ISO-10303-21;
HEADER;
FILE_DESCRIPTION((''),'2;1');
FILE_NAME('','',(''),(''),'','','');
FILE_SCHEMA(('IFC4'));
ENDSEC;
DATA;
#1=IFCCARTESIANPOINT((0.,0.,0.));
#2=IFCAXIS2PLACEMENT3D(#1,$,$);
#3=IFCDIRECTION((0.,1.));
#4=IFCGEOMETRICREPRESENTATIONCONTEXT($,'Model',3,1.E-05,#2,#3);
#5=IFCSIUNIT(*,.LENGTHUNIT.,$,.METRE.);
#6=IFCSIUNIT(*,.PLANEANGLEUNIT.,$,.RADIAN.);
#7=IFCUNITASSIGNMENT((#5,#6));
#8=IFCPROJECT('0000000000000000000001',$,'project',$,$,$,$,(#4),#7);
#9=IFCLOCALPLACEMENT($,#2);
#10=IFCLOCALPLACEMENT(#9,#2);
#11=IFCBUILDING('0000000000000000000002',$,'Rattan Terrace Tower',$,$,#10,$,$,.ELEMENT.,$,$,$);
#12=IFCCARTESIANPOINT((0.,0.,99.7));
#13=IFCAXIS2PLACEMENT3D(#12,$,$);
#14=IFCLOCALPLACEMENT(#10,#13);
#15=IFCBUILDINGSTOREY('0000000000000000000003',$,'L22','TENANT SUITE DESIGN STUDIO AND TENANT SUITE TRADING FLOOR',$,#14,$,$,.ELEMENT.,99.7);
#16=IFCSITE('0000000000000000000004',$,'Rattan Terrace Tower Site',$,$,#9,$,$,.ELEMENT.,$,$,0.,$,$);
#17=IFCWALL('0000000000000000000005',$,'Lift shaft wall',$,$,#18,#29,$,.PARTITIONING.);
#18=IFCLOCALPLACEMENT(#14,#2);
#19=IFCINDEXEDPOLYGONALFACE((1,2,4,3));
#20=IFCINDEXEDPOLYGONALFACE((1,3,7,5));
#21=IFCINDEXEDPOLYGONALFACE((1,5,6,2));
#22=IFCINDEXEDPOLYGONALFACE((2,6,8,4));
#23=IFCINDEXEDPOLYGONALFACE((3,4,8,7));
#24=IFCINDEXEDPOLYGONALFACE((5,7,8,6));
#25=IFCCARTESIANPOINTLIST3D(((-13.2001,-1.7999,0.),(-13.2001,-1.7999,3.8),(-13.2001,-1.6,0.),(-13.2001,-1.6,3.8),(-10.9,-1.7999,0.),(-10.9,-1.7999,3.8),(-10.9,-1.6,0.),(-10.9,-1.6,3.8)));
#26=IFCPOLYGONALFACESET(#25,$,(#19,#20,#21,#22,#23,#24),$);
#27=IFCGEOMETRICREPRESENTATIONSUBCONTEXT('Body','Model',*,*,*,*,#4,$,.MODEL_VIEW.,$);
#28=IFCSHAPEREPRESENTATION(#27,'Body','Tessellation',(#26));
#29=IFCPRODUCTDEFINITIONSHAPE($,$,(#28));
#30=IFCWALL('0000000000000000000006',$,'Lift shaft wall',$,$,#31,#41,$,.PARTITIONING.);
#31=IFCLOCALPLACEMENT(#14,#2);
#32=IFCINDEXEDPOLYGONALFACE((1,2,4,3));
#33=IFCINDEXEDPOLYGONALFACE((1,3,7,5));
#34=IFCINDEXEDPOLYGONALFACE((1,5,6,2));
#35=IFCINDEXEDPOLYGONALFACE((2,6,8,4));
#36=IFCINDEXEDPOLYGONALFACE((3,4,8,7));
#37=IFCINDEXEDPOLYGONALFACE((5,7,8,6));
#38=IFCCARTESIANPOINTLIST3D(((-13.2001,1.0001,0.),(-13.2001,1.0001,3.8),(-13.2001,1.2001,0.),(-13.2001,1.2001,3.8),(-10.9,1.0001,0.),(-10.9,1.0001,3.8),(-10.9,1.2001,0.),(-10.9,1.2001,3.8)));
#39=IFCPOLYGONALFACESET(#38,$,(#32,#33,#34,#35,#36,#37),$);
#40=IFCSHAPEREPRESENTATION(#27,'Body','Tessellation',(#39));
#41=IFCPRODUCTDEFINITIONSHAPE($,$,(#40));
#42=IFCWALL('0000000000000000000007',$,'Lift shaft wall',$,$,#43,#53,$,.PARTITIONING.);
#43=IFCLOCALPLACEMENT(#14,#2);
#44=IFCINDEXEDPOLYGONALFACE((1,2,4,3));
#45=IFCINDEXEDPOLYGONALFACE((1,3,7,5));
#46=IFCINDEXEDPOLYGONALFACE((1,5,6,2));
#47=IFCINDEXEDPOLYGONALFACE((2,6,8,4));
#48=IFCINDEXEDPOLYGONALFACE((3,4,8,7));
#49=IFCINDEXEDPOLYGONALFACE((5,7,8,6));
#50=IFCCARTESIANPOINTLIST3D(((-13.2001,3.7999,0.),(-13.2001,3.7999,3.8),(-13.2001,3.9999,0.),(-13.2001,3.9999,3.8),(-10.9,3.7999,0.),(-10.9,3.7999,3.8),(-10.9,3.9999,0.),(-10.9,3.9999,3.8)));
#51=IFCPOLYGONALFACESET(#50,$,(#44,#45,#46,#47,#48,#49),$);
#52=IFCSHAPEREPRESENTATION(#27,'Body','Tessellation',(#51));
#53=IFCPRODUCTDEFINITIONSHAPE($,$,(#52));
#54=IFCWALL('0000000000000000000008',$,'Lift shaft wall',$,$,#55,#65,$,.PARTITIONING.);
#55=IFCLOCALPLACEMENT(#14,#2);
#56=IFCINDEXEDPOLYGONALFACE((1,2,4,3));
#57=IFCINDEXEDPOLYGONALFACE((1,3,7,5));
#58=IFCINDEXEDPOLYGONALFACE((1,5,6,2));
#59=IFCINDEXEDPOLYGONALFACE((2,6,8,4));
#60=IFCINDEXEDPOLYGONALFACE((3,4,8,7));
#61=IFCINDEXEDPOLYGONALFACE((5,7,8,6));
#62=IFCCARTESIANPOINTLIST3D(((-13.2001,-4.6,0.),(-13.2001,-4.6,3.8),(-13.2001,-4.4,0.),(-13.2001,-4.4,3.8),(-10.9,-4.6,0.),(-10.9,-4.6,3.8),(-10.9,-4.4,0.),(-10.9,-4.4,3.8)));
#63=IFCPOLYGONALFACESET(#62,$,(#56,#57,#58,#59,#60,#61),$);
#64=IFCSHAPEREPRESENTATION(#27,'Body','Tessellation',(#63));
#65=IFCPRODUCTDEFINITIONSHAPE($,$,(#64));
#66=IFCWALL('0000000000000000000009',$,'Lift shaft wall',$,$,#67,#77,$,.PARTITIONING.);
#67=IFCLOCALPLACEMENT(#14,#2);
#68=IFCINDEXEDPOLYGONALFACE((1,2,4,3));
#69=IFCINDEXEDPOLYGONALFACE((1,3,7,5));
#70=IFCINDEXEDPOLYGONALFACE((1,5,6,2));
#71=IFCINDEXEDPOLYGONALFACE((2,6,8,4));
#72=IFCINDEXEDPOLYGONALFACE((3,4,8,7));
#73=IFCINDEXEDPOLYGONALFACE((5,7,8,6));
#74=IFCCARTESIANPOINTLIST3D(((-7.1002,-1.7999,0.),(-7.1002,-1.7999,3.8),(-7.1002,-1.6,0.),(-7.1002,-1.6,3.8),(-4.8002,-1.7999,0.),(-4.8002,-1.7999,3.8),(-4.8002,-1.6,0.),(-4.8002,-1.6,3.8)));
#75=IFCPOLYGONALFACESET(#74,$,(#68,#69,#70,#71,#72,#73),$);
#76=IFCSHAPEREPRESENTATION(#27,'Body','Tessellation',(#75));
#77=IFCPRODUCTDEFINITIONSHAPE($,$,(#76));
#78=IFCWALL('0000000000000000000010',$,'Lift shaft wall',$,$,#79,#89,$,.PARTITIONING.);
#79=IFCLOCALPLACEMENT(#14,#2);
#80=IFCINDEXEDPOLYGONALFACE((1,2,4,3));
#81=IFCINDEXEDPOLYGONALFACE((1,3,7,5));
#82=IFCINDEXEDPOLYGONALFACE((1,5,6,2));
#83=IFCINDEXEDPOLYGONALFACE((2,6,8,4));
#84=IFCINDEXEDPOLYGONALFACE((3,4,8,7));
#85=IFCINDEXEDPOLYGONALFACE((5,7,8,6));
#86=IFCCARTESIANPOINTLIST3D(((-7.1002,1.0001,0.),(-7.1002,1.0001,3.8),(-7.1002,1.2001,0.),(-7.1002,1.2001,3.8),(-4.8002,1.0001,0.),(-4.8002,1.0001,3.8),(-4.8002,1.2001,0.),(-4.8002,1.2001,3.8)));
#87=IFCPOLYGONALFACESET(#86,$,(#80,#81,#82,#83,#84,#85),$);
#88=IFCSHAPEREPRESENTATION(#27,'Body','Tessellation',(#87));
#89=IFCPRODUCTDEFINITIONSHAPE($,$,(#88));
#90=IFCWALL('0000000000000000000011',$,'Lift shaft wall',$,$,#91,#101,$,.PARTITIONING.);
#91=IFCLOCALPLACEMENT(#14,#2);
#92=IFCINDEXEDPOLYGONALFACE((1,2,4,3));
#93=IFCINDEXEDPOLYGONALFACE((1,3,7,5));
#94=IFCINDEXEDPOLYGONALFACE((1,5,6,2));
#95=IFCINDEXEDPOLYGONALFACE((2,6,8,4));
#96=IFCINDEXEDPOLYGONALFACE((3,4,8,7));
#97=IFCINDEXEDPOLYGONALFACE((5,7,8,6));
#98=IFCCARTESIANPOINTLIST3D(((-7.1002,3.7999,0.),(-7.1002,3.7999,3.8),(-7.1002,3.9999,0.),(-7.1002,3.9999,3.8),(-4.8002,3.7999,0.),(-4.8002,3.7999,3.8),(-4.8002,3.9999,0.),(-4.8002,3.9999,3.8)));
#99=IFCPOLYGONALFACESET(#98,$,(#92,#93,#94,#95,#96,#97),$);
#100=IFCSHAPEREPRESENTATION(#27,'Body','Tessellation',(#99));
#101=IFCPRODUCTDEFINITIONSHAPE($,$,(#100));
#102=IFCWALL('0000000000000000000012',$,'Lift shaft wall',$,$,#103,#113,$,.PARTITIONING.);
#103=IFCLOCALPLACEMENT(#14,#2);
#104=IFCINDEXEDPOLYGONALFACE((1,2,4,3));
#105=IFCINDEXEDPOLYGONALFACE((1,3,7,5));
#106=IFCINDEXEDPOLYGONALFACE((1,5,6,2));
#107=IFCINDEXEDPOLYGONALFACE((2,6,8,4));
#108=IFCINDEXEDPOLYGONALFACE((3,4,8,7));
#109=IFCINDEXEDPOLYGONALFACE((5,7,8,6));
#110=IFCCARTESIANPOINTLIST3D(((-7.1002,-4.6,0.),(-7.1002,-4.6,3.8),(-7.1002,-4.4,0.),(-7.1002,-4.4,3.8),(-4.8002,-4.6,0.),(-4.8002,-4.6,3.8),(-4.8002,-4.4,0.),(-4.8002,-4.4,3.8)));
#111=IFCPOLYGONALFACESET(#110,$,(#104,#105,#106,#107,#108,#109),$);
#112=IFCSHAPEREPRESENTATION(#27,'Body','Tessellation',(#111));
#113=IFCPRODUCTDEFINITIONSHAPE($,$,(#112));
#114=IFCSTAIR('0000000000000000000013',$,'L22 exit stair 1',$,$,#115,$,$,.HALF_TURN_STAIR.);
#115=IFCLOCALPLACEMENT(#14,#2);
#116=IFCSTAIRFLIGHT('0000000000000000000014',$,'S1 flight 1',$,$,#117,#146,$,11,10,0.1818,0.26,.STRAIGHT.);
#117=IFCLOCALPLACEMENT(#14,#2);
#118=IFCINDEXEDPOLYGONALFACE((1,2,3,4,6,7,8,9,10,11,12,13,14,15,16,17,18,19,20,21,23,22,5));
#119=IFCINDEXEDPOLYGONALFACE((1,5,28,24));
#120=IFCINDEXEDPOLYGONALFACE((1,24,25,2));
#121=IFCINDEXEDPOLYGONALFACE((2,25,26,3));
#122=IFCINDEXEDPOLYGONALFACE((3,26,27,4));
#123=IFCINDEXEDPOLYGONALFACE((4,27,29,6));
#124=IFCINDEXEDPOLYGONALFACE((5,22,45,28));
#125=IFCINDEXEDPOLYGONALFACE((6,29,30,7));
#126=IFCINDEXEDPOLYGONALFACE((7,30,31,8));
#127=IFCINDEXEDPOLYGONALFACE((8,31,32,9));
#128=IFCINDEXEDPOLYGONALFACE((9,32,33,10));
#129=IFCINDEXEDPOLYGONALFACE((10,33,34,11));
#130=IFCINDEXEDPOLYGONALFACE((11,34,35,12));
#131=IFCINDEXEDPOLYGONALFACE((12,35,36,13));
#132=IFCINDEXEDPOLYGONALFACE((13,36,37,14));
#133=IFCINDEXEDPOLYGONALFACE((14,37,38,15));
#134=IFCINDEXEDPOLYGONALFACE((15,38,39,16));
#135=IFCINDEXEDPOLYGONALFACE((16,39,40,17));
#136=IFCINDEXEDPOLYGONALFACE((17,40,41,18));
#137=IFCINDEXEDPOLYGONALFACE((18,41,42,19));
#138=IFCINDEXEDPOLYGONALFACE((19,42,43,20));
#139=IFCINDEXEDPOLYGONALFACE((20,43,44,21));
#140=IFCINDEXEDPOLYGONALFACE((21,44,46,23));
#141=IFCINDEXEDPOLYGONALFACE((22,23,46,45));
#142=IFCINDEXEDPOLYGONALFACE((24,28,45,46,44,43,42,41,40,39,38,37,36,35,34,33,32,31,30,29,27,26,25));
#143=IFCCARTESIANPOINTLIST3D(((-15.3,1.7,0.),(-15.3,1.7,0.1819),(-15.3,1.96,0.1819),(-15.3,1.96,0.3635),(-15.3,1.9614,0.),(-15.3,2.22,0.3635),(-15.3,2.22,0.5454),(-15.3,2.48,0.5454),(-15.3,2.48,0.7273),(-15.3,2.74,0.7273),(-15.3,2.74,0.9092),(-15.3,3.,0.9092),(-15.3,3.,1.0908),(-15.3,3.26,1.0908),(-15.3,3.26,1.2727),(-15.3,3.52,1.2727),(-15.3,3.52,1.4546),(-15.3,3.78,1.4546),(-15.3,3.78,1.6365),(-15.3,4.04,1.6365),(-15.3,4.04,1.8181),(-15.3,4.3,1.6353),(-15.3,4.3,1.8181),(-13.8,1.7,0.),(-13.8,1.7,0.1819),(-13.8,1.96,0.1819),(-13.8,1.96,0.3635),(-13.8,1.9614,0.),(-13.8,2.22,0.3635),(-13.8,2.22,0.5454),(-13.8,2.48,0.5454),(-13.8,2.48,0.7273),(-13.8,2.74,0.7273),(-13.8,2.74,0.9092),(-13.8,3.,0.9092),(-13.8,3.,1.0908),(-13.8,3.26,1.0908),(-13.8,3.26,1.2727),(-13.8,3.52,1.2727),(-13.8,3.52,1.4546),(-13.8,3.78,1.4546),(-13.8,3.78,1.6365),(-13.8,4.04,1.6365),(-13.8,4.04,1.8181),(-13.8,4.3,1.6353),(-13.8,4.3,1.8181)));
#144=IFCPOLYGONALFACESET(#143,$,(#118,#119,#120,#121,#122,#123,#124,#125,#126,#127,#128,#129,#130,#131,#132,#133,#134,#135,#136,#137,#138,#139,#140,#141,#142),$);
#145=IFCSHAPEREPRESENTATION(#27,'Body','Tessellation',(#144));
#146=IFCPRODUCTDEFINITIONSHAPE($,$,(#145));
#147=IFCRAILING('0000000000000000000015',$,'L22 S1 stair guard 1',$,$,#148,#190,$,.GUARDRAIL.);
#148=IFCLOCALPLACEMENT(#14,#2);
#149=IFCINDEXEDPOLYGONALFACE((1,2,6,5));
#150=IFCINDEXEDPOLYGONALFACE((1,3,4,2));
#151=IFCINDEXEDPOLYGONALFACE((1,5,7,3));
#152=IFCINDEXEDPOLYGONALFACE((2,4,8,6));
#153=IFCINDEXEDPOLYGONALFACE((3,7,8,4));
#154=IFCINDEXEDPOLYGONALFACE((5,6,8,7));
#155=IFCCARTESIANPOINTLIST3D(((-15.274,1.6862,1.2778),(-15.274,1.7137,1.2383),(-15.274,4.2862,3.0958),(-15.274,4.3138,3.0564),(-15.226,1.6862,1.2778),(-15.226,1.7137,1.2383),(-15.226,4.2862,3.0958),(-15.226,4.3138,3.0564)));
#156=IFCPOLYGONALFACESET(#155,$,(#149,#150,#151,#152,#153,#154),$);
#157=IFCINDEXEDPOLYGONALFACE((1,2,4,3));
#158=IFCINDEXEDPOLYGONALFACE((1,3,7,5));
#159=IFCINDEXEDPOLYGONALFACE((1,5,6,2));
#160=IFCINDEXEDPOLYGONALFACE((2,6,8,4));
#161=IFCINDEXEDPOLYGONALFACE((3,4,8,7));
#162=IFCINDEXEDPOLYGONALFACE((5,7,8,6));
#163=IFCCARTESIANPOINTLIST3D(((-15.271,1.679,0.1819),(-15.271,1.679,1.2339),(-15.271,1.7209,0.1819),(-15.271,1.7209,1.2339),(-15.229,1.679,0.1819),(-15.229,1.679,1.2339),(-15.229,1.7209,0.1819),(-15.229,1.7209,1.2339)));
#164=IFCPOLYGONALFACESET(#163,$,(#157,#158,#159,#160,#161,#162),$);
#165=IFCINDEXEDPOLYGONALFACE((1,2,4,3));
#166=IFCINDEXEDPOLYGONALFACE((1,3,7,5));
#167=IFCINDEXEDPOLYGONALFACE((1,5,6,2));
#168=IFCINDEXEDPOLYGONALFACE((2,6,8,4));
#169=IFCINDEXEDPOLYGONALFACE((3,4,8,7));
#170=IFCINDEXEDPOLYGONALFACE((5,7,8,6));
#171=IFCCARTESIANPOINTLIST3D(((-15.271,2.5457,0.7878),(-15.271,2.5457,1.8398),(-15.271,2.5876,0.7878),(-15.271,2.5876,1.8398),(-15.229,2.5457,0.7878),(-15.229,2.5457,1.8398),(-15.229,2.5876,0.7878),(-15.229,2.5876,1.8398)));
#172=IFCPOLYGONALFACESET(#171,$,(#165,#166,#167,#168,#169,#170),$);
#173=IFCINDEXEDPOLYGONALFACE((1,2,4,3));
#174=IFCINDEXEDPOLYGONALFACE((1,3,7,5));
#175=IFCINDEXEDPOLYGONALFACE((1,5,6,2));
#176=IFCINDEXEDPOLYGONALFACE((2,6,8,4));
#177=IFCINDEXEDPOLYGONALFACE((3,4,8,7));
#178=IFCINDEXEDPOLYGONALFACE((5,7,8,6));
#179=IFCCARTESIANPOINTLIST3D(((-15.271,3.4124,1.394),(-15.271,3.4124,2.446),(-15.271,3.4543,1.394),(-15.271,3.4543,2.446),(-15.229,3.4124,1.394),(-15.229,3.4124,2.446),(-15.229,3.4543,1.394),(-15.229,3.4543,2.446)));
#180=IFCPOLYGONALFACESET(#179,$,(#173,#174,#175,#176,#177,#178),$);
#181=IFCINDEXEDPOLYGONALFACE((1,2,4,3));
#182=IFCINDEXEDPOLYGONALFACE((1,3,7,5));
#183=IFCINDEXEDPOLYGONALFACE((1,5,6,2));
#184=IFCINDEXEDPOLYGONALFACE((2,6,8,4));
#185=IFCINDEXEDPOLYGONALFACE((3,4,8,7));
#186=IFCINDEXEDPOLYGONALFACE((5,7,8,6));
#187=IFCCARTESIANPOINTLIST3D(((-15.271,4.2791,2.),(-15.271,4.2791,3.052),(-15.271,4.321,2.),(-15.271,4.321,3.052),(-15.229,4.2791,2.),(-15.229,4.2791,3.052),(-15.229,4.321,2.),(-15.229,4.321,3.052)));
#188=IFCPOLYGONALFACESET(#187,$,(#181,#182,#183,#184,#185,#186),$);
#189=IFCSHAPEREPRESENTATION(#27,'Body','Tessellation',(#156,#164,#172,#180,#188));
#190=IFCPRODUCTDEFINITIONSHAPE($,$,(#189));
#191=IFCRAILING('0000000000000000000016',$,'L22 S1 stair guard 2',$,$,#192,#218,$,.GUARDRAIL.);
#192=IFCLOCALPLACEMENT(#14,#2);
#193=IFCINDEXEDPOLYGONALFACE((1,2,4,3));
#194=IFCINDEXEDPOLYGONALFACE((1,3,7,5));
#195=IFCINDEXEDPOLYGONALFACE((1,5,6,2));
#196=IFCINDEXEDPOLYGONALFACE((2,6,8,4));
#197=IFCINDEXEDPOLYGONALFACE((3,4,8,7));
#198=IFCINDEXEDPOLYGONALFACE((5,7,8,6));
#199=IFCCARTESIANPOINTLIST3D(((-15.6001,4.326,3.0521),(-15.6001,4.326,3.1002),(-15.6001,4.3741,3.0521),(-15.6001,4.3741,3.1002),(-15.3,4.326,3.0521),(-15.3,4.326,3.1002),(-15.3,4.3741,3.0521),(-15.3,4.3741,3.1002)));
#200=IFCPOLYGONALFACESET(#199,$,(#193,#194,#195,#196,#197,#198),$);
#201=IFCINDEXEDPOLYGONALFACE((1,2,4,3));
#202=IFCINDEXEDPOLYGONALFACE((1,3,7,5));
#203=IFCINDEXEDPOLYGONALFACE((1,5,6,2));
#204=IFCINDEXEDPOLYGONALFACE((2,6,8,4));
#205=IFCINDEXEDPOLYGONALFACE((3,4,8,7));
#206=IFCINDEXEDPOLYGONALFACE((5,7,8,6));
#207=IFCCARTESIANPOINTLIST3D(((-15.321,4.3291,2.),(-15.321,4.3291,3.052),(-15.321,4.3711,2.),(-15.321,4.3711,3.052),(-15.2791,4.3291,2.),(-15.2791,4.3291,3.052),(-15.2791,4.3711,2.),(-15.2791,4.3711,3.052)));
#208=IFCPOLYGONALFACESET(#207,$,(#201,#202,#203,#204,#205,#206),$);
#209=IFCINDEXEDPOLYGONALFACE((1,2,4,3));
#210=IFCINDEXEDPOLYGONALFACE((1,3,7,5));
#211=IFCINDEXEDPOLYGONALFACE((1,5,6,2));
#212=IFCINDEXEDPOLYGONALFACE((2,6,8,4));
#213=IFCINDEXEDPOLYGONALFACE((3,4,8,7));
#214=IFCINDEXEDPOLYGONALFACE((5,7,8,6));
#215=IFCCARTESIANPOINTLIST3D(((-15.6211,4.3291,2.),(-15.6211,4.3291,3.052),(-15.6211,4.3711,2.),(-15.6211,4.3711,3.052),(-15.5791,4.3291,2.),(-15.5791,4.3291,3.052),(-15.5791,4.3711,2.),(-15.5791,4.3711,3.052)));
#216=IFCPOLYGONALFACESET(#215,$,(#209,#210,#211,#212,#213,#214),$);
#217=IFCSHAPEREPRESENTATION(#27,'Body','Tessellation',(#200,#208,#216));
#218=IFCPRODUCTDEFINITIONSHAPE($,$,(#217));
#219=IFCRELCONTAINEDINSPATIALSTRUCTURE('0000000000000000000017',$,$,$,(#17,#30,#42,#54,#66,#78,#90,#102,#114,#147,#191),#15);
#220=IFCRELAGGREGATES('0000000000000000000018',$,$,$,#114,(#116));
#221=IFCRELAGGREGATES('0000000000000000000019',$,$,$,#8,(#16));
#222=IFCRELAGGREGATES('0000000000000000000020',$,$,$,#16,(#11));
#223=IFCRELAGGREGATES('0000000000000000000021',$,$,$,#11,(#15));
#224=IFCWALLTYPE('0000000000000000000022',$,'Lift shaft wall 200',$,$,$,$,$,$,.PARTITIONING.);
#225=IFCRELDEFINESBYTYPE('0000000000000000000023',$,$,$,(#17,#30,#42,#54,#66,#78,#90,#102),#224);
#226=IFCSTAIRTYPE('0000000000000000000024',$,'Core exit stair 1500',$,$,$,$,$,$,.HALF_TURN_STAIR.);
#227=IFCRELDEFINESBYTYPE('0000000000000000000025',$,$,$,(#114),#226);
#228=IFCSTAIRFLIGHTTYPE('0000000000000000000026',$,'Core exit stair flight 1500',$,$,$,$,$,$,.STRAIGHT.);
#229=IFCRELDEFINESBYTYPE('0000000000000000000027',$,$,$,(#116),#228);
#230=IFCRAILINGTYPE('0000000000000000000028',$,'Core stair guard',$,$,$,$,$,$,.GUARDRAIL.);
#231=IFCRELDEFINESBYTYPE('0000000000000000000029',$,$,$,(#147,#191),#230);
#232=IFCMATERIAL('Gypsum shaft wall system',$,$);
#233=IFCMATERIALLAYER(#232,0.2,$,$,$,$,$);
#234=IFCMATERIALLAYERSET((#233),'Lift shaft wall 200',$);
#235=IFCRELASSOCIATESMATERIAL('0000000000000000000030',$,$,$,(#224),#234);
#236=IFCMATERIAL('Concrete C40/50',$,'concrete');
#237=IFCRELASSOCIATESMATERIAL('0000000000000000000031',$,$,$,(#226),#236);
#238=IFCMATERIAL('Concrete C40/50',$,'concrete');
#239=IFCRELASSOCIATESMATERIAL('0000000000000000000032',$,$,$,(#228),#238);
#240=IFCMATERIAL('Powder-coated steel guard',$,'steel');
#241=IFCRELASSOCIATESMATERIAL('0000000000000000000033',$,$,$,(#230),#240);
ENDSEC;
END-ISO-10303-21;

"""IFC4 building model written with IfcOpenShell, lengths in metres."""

from ifc_helpers import new_model, si_unit, direction, frame, frame_2d, origin, origin_2d, place, context, subcontext, project, spatial, polyline, rectangle, outline, extrude, material, layer, layer_set, type_object, element, aggregate, save


model = new_model("IFC4")

# Units and contexts
model_context = context("Model", 3, precision=1e-05, world=origin(), true_north=direction((0.0, 1.0)))
body_context = subcontext(model_context, "Body", "Model", "MODEL_VIEW")
ifc_project = project(units=[si_unit("LENGTHUNIT", "METRE"), si_unit("PLANEANGLEUNIT", "RADIAN")], contexts=[model_context])

# Site, building, storey
site_placement = place(None, origin())
site = spatial("IfcSite", under=ifc_project, at=site_placement, Name="Rattan Terrace Tower Site", CompositionType="ELEMENT", RefElevation=0.0)
building_placement = place(site_placement, origin())
building = spatial("IfcBuilding", under=site, at=building_placement, Name="Rattan Terrace Tower", CompositionType="ELEMENT")
storey_placement = place(building_placement, frame((0.0, 0.0, 99.7)))
storey = spatial("IfcBuildingStorey", under=building, at=storey_placement, Name="L22", Description="TENANT SUITE DESIGN STUDIO AND TENANT SUITE TRADING FLOOR", CompositionType="ELEMENT", Elevation=99.7)

# Walls
ifc_material_1 = material(Name="Gypsum shaft wall system")
ifc_layer_1 = layer(ifc_material_1, 0.2)
ifc_layer_set_1 = layer_set([ifc_layer_1], Name="Lift shaft wall 200")
wall_type = type_object("IfcWallType", Name="Lift shaft wall 200", PredefinedType="PARTITIONING", material=ifc_layer_set_1)
for number, where, z_axis, x_axis, name in (
    (1, (-13.2, -1.7, 0.0), (0.0, 0.0, 1.0), (1.0, 0.0, 0.0), "Lift shaft wall"),
    (2, (-13.2, 1.1001, 0.0), (0.0, 0.0, 1.0), (1.0, 0.0, 0.0), "Lift shaft wall"),
    (3, (-13.2, 3.8999, 0.0), (0.0, 0.0, 1.0), (1.0, 0.0, 0.0), "Lift shaft wall"),
    (4, (-13.2, -4.5, 0.0), (0.0, 0.0, 1.0), (1.0, 0.0, 0.0), "Lift shaft wall"),
    (5, (-7.1001, -1.7, 0.0), (0.0, 0.0, 1.0), (1.0, 0.0, 0.0), "Lift shaft wall"),
    (6, (-7.1001, 1.1001, 0.0), (0.0, 0.0, 1.0), (1.0, 0.0, 0.0), "Lift shaft wall"),
    (7, (-7.1001, 3.8999, 0.0), (0.0, 0.0, 1.0), (1.0, 0.0, 0.0), "Lift shaft wall"),
    (8, (-7.1001, -4.5, 0.0), (0.0, 0.0, 1.0), (1.0, 0.0, 0.0), "Lift shaft wall"),
):
    element("IfcWall", number, at=place(storey_placement, frame(where, z_axis=z_axis, x_axis=x_axis)), inside=storey, type_object=wall_type, Name=name, PredefinedType="PARTITIONING", context=body_context, shape_type="SweptSolid", body=[
        extrude(rectangle(XDim=2.3, YDim=0.2, at=frame_2d((1.1499, 0.0))), origin(), (0.0, 0.0, 1.0), 3.8),
    ])

# Stair, stair flight
ifc_material_2 = material(Name="Concrete C40/50", Category="concrete")
stair_type = type_object("IfcStairType", Name="Core exit stair 1500", PredefinedType="HALF_TURN_STAIR", material=ifc_material_2)
stair_placement = place(storey_placement, origin())
stair = element("IfcStair", 9, at=stair_placement, inside=storey, type_object=stair_type, Name="L22 exit stair 1", PredefinedType="HALF_TURN_STAIR")
ifc_material_3 = material(Name="Concrete C40/50", Category="concrete")
stair_flight_type = type_object("IfcStairFlightType", Name="Core exit stair flight 1500", PredefinedType="STRAIGHT", material=ifc_material_3)
stair_flight_placement = place(storey_placement, frame((-14.55, 1.7, 0.0), z_axis=(0.0, 0.0, 1.0), x_axis=(0.0, 1.0, 0.0)))
stair_flight = element("IfcStairFlight", 10, at=stair_flight_placement, type_object=stair_flight_type, Name="S1 flight 1", NumberOfRisers=11, NumberOfTreads=10, PredefinedType="STRAIGHT", RiserHeight=0.1818, TreadLength=0.26, context=body_context, shape_type="SweptSolid", body=[
    extrude(outline(polyline([(0.0, 0.0), (0.0, 0.1819), (0.26, 0.1819), (0.26, 0.3635), (0.52, 0.3635), (0.52, 0.5454), (0.78, 0.5454), (0.78, 0.7273), (1.04, 0.7273), (1.04, 0.9092), (1.3, 0.9092), (1.3, 1.0908), (1.5601, 1.0908), (1.5601, 1.2727), (1.8201, 1.2727), (1.8201, 1.4546), (2.0801, 1.4546), (2.0801, 1.6365), (2.3401, 1.6365), (2.3401, 1.8181), (2.6001, 1.8181), (2.6001, 2.0), (2.6001, 1.6353), (0.2615, 0.0), (0.0, 0.0)])), frame((0.0, 0.75, 0.0), z_axis=(0.0, -1.0, 0.0), x_axis=(1.0, 0.0, 0.0)), (0.0, 0.0, 1.0), 1.5),
])
aggregate(stair, [stair_flight])

# Railings
ifc_material_4 = material(Name="Powder-coated steel guard", Category="steel")
railing_type_1 = type_object("IfcRailingType", Name="Core stair guard", PredefinedType="GUARDRAIL", material=ifc_material_4)
railing_1_placement = place(storey_placement, frame((-15.25, 1.7, 0.1819)))
element("IfcRailing", 11, at=railing_1_placement, inside=storey, type_object=railing_type_1, Name="L22 S1 stair guard 1", PredefinedType="GUARDRAIL", context=body_context, shape_type="SweptSolid", body=[
    extrude(rectangle(XDim=0.0481, YDim=0.0481, at=origin_2d()), frame((0.0, 0.0, 1.0762), z_axis=(0.0, 0.819521, 0.573049), x_axis=(-1.0, 0.0, 0.0)), (0.0, 0.0, 1.0), 3.1726),
    extrude(rectangle(XDim=0.042, YDim=0.042, at=origin_2d()), origin(), (0.0, 0.0, 1.0), 1.052),
    extrude(rectangle(XDim=0.042, YDim=0.042, at=origin_2d()), frame((0.0, 0.8667, 0.606)), (0.0, 0.0, 1.0), 1.052),
    extrude(rectangle(XDim=0.042, YDim=0.042, at=origin_2d()), frame((0.0, 1.7334, 1.2122)), (0.0, 0.0, 1.0), 1.052),
    extrude(rectangle(XDim=0.042, YDim=0.042, at=origin_2d()), frame((0.0, 2.6001, 1.8181)), (0.0, 0.0, 1.0), 1.052),
])
railing_2_placement = place(storey_placement, frame((-15.3, 4.3501, 2.0)))
element("IfcRailing", 12, at=railing_2_placement, inside=storey, type_object=railing_type_1, Name="L22 S1 stair guard 2", PredefinedType="GUARDRAIL", context=body_context, shape_type="SweptSolid", body=[
    extrude(rectangle(XDim=0.0481, YDim=0.0481, at=origin_2d()), frame((0.0, 0.0, 1.0762), z_axis=(-1.0, 0.0, 0.0), x_axis=(0.0, -1.0, 0.0)), (0.0, 0.0, 1.0), 0.3),
    extrude(rectangle(XDim=0.042, YDim=0.042, at=origin_2d()), origin(), (0.0, 0.0, 1.0), 1.052),
    extrude(rectangle(XDim=0.042, YDim=0.042, at=origin_2d()), frame((-0.3, 0.0, 0.0)), (0.0, 0.0, 1.0), 1.052),
])

save(model, "model.ifc")
